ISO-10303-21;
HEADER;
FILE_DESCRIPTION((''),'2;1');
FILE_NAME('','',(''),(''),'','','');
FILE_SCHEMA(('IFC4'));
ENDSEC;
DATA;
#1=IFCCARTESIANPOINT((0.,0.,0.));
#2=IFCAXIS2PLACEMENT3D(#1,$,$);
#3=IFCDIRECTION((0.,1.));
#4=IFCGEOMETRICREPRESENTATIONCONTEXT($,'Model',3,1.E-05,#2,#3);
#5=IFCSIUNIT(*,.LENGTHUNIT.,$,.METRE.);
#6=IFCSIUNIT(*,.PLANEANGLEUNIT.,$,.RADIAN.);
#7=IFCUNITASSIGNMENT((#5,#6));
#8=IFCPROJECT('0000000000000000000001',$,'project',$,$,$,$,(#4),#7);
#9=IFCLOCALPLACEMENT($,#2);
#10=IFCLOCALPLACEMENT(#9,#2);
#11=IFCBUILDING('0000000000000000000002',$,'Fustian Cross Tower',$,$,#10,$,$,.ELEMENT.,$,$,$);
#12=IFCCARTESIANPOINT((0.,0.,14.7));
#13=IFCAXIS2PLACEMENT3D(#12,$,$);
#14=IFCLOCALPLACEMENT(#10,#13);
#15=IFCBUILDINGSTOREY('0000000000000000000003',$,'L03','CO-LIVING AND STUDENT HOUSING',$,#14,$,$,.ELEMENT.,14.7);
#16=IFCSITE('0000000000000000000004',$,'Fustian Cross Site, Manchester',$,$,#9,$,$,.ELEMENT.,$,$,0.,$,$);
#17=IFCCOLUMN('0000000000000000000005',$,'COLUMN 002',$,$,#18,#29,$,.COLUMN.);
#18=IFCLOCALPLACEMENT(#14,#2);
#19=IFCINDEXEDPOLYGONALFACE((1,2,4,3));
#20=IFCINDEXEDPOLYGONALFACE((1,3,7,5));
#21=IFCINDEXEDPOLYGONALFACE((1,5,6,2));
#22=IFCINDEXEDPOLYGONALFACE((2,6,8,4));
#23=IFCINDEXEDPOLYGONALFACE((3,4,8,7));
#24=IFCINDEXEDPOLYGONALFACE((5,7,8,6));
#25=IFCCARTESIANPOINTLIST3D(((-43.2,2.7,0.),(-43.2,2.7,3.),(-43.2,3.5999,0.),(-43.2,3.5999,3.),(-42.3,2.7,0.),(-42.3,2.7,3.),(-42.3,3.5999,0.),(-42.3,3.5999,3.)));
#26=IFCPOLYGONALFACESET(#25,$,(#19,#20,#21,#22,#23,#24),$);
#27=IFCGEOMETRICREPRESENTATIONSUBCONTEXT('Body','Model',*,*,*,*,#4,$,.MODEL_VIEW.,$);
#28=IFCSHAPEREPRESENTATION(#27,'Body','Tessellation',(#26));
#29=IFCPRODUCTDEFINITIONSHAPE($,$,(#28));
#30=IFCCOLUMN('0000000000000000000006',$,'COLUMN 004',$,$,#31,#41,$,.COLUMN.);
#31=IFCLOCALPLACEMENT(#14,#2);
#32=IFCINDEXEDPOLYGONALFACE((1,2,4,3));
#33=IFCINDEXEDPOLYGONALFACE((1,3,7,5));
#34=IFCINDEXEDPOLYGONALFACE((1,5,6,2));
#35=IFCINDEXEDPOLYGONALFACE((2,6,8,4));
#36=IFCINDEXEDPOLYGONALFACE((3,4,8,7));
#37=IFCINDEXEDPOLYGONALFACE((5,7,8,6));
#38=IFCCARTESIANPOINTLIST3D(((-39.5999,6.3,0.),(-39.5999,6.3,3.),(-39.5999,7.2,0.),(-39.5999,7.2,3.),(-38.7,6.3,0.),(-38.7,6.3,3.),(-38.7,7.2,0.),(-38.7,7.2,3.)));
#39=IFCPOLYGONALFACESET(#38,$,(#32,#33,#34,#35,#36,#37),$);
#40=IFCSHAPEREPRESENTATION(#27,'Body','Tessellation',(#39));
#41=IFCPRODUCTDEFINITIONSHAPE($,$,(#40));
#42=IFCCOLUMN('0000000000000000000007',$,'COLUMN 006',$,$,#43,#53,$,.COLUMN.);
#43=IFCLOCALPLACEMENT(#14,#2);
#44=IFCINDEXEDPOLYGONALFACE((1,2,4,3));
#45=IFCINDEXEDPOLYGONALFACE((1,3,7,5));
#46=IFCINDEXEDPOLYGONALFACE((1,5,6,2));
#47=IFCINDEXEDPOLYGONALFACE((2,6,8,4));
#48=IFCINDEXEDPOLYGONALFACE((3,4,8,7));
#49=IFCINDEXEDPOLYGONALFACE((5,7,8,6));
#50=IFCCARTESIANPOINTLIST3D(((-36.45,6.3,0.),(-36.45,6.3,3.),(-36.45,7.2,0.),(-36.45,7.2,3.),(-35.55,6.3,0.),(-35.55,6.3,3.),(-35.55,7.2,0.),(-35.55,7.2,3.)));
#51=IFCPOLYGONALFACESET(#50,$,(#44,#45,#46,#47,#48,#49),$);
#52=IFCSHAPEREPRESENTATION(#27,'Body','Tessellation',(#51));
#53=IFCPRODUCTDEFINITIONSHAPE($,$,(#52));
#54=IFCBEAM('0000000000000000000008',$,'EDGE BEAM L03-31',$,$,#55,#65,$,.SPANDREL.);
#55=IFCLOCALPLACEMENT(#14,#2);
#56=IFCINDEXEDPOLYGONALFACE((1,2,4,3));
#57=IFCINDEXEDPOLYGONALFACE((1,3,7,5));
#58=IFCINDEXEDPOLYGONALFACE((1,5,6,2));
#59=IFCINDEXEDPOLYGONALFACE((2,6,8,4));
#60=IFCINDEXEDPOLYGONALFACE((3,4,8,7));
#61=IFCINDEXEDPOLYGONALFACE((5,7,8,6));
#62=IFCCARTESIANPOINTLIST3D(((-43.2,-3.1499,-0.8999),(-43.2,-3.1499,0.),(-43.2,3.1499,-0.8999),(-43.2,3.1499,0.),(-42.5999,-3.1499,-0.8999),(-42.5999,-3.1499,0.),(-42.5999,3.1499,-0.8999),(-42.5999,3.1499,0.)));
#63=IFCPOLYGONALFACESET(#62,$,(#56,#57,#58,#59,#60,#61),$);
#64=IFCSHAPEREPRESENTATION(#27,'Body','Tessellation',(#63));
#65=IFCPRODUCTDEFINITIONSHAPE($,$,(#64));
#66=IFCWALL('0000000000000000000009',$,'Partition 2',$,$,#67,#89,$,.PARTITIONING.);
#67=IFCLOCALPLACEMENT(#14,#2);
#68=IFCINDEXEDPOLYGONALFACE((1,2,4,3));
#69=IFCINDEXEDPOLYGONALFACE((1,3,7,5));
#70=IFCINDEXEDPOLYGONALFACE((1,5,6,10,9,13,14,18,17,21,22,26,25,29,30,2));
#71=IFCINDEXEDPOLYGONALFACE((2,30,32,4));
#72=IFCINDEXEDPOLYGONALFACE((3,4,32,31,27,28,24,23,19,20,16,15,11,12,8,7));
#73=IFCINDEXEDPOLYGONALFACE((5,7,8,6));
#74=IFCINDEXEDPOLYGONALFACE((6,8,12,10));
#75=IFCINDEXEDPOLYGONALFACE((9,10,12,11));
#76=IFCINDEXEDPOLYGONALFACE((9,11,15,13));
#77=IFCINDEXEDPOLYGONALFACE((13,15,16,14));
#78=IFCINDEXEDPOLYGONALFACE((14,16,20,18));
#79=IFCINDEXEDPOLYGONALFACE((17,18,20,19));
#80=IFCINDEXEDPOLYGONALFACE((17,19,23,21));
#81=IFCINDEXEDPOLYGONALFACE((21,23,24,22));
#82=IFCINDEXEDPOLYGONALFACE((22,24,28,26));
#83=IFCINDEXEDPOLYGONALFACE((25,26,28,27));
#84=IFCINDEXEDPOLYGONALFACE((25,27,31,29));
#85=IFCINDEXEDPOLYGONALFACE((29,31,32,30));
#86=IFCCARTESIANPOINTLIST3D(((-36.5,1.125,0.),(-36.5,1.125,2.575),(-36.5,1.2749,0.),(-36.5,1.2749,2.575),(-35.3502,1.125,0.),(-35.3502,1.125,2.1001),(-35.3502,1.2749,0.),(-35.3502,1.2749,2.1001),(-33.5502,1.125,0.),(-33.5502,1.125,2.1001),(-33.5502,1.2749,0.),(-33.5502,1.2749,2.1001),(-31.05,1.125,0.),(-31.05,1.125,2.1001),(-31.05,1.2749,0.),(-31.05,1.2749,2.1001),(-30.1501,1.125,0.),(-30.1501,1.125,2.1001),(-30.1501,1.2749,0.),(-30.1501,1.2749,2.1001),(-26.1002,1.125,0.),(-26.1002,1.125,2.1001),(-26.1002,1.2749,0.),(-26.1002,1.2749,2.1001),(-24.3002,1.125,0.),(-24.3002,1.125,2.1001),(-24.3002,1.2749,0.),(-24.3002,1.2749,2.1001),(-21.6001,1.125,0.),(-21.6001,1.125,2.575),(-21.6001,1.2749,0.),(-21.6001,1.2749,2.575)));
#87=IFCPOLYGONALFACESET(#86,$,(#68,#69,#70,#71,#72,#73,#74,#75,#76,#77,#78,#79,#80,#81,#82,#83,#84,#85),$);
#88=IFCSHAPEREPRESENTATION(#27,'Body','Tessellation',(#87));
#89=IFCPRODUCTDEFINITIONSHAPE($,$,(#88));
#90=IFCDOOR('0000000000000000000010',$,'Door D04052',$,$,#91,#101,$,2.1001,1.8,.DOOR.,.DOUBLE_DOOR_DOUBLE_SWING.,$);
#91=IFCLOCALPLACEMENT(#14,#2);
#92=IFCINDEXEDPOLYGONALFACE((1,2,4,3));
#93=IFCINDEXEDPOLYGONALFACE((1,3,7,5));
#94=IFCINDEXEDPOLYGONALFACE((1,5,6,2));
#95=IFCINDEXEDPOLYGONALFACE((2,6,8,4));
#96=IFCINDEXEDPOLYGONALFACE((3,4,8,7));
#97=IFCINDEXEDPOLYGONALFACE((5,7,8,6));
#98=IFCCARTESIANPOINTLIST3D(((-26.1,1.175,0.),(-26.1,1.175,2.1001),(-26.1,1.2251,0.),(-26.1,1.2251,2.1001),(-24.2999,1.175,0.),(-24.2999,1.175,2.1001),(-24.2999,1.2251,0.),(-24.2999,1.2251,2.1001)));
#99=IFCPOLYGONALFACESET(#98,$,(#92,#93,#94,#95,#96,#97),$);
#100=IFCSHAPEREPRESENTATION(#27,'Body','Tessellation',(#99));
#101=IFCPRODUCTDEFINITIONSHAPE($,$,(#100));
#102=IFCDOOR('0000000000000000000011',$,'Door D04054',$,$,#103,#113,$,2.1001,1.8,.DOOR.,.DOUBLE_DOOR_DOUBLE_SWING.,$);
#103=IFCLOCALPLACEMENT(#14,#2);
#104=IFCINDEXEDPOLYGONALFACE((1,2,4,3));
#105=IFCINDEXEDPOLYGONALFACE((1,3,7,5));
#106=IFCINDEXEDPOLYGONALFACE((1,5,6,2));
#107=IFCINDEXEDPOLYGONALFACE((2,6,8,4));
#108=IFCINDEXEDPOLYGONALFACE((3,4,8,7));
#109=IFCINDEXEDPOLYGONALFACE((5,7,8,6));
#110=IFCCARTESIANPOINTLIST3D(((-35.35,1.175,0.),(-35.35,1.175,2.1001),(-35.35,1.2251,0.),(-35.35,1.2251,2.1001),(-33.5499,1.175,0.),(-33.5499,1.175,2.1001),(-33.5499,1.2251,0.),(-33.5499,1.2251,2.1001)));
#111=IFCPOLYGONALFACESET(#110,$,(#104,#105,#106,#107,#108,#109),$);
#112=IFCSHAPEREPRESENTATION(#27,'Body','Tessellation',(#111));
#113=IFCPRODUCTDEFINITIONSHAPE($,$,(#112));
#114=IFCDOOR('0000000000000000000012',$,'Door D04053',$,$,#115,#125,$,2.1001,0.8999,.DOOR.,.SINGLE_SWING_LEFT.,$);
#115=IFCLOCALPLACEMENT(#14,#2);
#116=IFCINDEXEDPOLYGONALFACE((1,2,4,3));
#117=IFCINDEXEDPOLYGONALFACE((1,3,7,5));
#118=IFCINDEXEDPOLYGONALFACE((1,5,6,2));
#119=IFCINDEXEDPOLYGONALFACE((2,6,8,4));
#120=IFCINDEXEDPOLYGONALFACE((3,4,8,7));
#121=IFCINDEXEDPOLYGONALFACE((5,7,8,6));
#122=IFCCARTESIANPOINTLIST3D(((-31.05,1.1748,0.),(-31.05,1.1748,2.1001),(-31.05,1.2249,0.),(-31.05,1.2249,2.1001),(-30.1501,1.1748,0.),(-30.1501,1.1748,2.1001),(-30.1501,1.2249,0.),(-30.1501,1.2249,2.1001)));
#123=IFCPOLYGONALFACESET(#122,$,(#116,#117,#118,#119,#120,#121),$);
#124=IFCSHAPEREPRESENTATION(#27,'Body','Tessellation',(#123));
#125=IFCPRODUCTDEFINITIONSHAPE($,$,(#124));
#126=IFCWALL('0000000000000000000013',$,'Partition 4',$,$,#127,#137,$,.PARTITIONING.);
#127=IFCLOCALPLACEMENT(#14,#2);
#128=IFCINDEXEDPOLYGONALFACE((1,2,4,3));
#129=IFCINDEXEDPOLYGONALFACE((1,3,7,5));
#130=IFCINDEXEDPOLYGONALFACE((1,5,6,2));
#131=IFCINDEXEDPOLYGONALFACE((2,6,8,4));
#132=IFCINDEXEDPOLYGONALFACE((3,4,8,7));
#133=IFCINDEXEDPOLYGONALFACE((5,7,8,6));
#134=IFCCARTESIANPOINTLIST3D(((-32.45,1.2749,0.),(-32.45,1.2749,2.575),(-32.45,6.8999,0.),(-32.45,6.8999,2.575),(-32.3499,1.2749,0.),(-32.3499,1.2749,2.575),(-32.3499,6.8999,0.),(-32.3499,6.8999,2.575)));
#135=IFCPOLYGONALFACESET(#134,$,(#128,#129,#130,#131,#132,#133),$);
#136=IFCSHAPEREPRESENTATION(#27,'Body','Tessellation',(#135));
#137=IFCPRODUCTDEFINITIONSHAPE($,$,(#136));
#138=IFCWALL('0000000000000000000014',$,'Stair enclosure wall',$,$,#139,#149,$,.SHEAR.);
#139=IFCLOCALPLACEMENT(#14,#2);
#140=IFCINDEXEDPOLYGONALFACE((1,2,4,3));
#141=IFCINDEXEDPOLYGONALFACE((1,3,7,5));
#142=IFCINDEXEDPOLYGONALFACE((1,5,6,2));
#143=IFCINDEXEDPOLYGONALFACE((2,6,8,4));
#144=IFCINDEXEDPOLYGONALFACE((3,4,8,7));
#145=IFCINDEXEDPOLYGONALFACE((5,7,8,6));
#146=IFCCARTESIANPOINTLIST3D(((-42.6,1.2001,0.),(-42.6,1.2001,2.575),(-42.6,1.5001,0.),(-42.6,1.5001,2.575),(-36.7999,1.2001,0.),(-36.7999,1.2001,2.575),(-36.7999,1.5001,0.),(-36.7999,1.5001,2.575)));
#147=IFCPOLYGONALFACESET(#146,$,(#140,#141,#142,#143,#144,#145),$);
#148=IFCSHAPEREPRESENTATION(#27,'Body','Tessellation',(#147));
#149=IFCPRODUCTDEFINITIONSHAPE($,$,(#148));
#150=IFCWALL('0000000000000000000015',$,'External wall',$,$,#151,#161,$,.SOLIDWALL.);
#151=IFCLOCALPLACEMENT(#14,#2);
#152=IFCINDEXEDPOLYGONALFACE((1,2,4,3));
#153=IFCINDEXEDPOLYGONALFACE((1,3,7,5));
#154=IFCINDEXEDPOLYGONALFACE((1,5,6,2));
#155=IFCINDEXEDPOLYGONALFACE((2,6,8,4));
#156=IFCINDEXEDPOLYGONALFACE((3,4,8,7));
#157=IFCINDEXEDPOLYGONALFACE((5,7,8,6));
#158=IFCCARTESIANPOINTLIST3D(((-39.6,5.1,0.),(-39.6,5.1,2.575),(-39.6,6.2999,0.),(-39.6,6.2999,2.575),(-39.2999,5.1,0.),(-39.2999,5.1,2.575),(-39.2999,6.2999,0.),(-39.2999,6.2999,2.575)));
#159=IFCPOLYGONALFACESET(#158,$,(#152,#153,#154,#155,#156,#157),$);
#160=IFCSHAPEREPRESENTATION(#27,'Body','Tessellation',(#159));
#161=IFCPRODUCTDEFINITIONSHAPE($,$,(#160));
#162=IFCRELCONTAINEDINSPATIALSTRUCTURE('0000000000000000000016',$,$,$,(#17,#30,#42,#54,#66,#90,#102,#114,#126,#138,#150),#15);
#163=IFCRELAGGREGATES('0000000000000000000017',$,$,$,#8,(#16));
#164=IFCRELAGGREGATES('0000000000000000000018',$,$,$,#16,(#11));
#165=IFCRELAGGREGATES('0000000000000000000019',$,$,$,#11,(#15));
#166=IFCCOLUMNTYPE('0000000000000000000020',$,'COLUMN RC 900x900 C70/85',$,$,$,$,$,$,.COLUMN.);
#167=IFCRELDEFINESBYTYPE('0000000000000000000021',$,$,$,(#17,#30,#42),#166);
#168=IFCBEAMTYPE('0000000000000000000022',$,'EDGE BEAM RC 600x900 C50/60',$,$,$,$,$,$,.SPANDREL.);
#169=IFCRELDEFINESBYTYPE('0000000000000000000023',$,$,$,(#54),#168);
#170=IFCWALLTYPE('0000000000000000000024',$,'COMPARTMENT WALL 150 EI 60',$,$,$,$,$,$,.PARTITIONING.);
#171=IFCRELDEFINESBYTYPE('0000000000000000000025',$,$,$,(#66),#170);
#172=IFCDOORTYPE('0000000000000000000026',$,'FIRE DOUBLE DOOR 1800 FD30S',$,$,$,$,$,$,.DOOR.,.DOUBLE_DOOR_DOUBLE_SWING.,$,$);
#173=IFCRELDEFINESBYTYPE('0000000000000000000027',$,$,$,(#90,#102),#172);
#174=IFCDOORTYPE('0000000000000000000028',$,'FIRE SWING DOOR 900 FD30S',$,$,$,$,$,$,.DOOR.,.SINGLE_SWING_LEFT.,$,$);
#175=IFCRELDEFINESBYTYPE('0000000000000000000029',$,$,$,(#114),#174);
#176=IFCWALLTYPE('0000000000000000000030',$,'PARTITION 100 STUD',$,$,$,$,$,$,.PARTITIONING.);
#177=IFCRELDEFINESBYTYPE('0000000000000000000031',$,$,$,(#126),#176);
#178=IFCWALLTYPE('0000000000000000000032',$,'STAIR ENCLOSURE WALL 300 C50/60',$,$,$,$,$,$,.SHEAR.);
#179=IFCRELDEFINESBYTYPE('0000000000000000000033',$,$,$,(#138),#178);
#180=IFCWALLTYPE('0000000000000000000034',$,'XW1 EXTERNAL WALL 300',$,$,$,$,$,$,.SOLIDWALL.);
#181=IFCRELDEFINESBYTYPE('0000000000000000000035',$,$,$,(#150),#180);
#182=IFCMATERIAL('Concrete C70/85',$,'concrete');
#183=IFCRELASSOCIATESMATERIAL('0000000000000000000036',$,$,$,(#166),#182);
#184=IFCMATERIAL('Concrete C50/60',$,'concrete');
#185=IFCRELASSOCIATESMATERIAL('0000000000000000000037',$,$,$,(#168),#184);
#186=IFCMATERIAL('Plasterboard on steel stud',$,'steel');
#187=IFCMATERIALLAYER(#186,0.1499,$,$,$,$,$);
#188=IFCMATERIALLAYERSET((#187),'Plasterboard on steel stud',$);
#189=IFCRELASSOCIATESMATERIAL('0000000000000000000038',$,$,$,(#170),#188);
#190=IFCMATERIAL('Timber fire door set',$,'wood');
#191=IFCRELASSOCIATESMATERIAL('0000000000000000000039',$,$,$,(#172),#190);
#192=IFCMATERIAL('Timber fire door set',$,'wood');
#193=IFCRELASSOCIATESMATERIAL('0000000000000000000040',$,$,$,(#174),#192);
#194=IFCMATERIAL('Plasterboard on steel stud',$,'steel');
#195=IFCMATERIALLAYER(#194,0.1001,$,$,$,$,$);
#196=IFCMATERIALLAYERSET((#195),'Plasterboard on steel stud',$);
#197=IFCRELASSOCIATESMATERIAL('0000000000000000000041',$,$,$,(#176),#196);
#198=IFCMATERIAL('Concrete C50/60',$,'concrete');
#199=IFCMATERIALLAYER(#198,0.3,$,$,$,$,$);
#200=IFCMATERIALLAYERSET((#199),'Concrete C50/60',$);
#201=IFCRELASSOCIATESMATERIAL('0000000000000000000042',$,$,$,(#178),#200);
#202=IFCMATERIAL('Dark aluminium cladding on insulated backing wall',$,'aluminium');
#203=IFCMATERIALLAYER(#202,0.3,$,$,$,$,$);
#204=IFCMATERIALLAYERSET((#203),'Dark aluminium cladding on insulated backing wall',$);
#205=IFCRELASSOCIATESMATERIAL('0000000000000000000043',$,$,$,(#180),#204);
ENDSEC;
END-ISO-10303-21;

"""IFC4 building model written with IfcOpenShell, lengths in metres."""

from ifc_helpers import new_model, si_unit, direction, frame, frame_2d, origin, origin_2d, place, context, subcontext, project, spatial, rectangle, extrude, material, layer, layer_set, material_profile, profile_set, type_object, element, fill, save


model = new_model("IFC4")

# Units and contexts
model_context = context("Model", 3, precision=1e-05, world=origin(), true_north=direction((0.0, 1.0)))
body_context = subcontext(model_context, "Body", "Model", "MODEL_VIEW")
ifc_project = project(units=[si_unit("LENGTHUNIT", "METRE"), si_unit("PLANEANGLEUNIT", "RADIAN")], contexts=[model_context])

# Site, building, storey
site_placement = place(None, origin())
site = spatial("IfcSite", under=ifc_project, at=site_placement, Name="Fustian Cross Site, Manchester", CompositionType="ELEMENT", RefElevation=0.0)
building_placement = place(site_placement, origin())
building = spatial("IfcBuilding", under=site, at=building_placement, Name="Fustian Cross Tower", CompositionType="ELEMENT")
storey_placement = place(building_placement, frame((0.0, 0.0, 14.7)))
storey = spatial("IfcBuildingStorey", under=building, at=storey_placement, Name="L03", Description="CO-LIVING AND STUDENT HOUSING", CompositionType="ELEMENT", Elevation=14.7)

# Columns
ifc_material_1 = material(Name="Concrete C70/85", Category="concrete")
ifc_material_profile_1 = material_profile(ifc_material_1, rectangle(XDim=0.8999, YDim=0.8999, at=origin_2d()), Name="RC 900x900")
ifc_profile_set_1 = profile_set([ifc_material_profile_1], Name="Concrete C70/85")
column_type = type_object("IfcColumnType", Name="COLUMN RC 900x900 C70/85", PredefinedType="COLUMN", material=ifc_profile_set_1)
for number, where, z_axis, x_axis, name in (
    (1, (-42.75, 3.1499, 0.0), (0.0, 0.0, 1.0), (1.0, 0.0, 0.0), "COLUMN 002"),
    (2, (-39.1499, 6.75, 0.0), (0.0, 0.0, 1.0), (1.0, 0.0, 0.0), "COLUMN 004"),
    (3, (-36.0, 6.75, 0.0), (0.0, 0.0, 1.0), (1.0, 0.0, 0.0), "COLUMN 006"),
):
    element("IfcColumn", number, at=place(storey_placement, frame(where, z_axis=z_axis, x_axis=x_axis)), inside=storey, type_object=column_type, Name=name, PredefinedType="COLUMN", context=body_context, shape_type="SweptSolid", body=[
        extrude(rectangle(XDim=0.8999, YDim=0.8999, at=origin_2d()), origin(), (0.0, 0.0, 1.0), 3.0),
    ])

# Beam
ifc_material_2 = material(Name="Concrete C50/60", Category="concrete")
ifc_material_profile_2 = material_profile(ifc_material_2, rectangle(XDim=0.6001, YDim=0.8999, at=origin_2d()), Name="RC 600x900")
ifc_profile_set_2 = profile_set([ifc_material_profile_2], Name="Concrete C50/60")
beam_type = type_object("IfcBeamType", Name="EDGE BEAM RC 600x900 C50/60", PredefinedType="SPANDREL", material=ifc_profile_set_2)
beam_placement = place(storey_placement, frame((-42.8999, 3.1499, -0.45), z_axis=(0.0, -1.0, 0.0), x_axis=(1.0, 0.0, 0.0)))
element("IfcBeam", 4, at=beam_placement, inside=storey, type_object=beam_type, Name="EDGE BEAM L03-31", PredefinedType="SPANDREL", context=body_context, shape_type="SweptSolid", body=[
    extrude(rectangle(XDim=0.6001, YDim=0.8999, at=origin_2d()), origin(), (0.0, 0.0, 1.0), 6.2998),
])

# Wall, openings, doors
ifc_material_3 = material(Name="Plasterboard on steel stud", Category="steel")
ifc_layer_1 = layer(ifc_material_3, 0.1499)
ifc_layer_set_1 = layer_set([ifc_layer_1], Name="Plasterboard on steel stud")
wall_type_1 = type_object("IfcWallType", Name="COMPARTMENT WALL 150 EI 60", PredefinedType="PARTITIONING", material=ifc_layer_set_1)
wall_1_placement = place(storey_placement, frame((-36.5, 1.2, 0.0), z_axis=(0.0, 0.0, 1.0), x_axis=(1.0, 0.0, 0.0)))
wall_1 = element("IfcWall", 5, at=wall_1_placement, inside=storey, type_object=wall_type_1, Name="Partition 2", PredefinedType="PARTITIONING", context=body_context, shape_type="SweptSolid", body=[
    extrude(rectangle(XDim=14.8999, YDim=0.1499, at=frame_2d((7.45, 0.0))), origin(), (0.0, 0.0, 1.0), 2.575),
])
opening_1_placement = place(wall_1_placement, frame((10.3999, 0.0, 0.0)))
opening_1 = element("IfcOpeningElement", 6, at=opening_1_placement, cuts=wall_1, PredefinedType="OPENING", context=body_context, shape_type="SweptSolid", body=[
    extrude(rectangle(XDim=1.8, YDim=2.1001, at=frame_2d((0.8999, 1.05))), frame((0.0, 0.085, 0.0), z_axis=(0.0, -1.0, 0.0), x_axis=(1.0, 0.0, 0.0)), (0.0, 0.0, 1.0), 0.1699),
])
opening_2_placement = place(wall_1_placement, frame((5.45, 0.0, 0.0)))
opening_2 = element("IfcOpeningElement", 7, at=opening_2_placement, cuts=wall_1, PredefinedType="OPENING", context=body_context, shape_type="SweptSolid", body=[
    extrude(rectangle(XDim=0.8999, YDim=2.1001, at=frame_2d((0.45, 1.05))), frame((0.0, 0.085, 0.0), z_axis=(0.0, -1.0, 0.0), x_axis=(1.0, 0.0, 0.0)), (0.0, 0.0, 1.0), 0.1699),
])
opening_3_placement = place(wall_1_placement, frame((1.1499, 0.0, 0.0)))
opening_3 = element("IfcOpeningElement", 8, at=opening_3_placement, cuts=wall_1, PredefinedType="OPENING", context=body_context, shape_type="SweptSolid", body=[
    extrude(rectangle(XDim=1.8, YDim=2.1001, at=frame_2d((0.8999, 1.05))), frame((0.0, 0.085, 0.0), z_axis=(0.0, -1.0, 0.0), x_axis=(1.0, 0.0, 0.0)), (0.0, 0.0, 1.0), 0.1699),
])
ifc_material_4 = material(Name="Timber fire door set", Category="wood")
door_type_1 = type_object("IfcDoorType", Name="FIRE DOUBLE DOOR 1800 FD30S", OperationType="DOUBLE_DOOR_DOUBLE_SWING", PredefinedType="DOOR", material=ifc_material_4)
door_1_placement = place(opening_1_placement, frame((1.8, 0.0, 0.0), z_axis=(0.0, 0.0, 1.0), x_axis=(-1.0, 0.0, 0.0)))
door_1 = element("IfcDoor", 9, at=door_1_placement, inside=storey, type_object=door_type_1, Name="Door D04052", OperationType="DOUBLE_DOOR_DOUBLE_SWING", OverallHeight=2.1001, OverallWidth=1.8, PredefinedType="DOOR", context=body_context, shape_type="SweptSolid", body=[
    extrude(rectangle(XDim=1.8, YDim=2.1001, at=frame_2d((0.8999, 1.05))), frame((0.0, 0.0249, 0.0), z_axis=(0.0, -1.0, 0.0), x_axis=(1.0, 0.0, 0.0)), (0.0, 0.0, 1.0), 0.05),
])
fill(opening_1, door_1)
door_2_placement = place(opening_3_placement, frame((1.8, 0.0, 0.0), z_axis=(0.0, 0.0, 1.0), x_axis=(-1.0, 0.0, 0.0)))
door_2 = element("IfcDoor", 10, at=door_2_placement, inside=storey, type_object=door_type_1, Name="Door D04054", OperationType="DOUBLE_DOOR_DOUBLE_SWING", OverallHeight=2.1001, OverallWidth=1.8, PredefinedType="DOOR", context=body_context, shape_type="SweptSolid", body=[
    extrude(rectangle(XDim=1.8, YDim=2.1001, at=frame_2d((0.8999, 1.05))), frame((0.0, 0.0249, 0.0), z_axis=(0.0, -1.0, 0.0), x_axis=(1.0, 0.0, 0.0)), (0.0, 0.0, 1.0), 0.05),
])
fill(opening_3, door_2)
ifc_material_5 = material(Name="Timber fire door set", Category="wood")
door_type_2 = type_object("IfcDoorType", Name="FIRE SWING DOOR 900 FD30S", OperationType="SINGLE_SWING_LEFT", PredefinedType="DOOR", material=ifc_material_5)
door_3_placement = place(opening_2_placement, origin())
door_3 = element("IfcDoor", 11, at=door_3_placement, inside=storey, type_object=door_type_2, Name="Door D04053", OperationType="SINGLE_SWING_LEFT", OverallHeight=2.1001, OverallWidth=0.8999, PredefinedType="DOOR", context=body_context, shape_type="SweptSolid", body=[
    extrude(rectangle(XDim=0.8999, YDim=2.1001, at=frame_2d((0.45, 1.05))), frame((0.0, 0.0249, 0.0), z_axis=(0.0, -1.0, 0.0), x_axis=(1.0, 0.0, 0.0)), (0.0, 0.0, 1.0), 0.05),
])
fill(opening_2, door_3)

# Walls
ifc_material_6 = material(Name="Plasterboard on steel stud", Category="steel")
ifc_layer_2 = layer(ifc_material_6, 0.1001)
ifc_layer_set_2 = layer_set([ifc_layer_2], Name="Plasterboard on steel stud")
wall_type_2 = type_object("IfcWallType", Name="PARTITION 100 STUD", PredefinedType="PARTITIONING", material=ifc_layer_set_2)
wall_2_placement = place(storey_placement, frame((-32.3999, 1.2749, 0.0), z_axis=(0.0, 0.0, 1.0), x_axis=(0.0, 1.0, 0.0)))
element("IfcWall", 12, at=wall_2_placement, inside=storey, type_object=wall_type_2, Name="Partition 4", PredefinedType="PARTITIONING", context=body_context, shape_type="SweptSolid", body=[
    extrude(rectangle(XDim=5.625, YDim=0.1001, at=frame_2d((2.8125, 0.0))), origin(), (0.0, 0.0, 1.0), 2.575),
])
ifc_material_7 = material(Name="Concrete C50/60", Category="concrete")
ifc_layer_3 = layer(ifc_material_7, 0.3)
ifc_layer_set_3 = layer_set([ifc_layer_3], Name="Concrete C50/60")
wall_type_3 = type_object("IfcWallType", Name="STAIR ENCLOSURE WALL 300 C50/60", PredefinedType="SHEAR", material=ifc_layer_set_3)
wall_3_placement = place(storey_placement, frame((-36.8, 1.3501, 0.0), z_axis=(0.0, 0.0, 1.0), x_axis=(-1.0, 0.0, 0.0)))
element("IfcWall", 13, at=wall_3_placement, inside=storey, type_object=wall_type_3, Name="Stair enclosure wall", PredefinedType="SHEAR", context=body_context, shape_type="SweptSolid", body=[
    extrude(rectangle(XDim=5.8, YDim=0.3, at=frame_2d((2.8999, 0.0))), origin(), (0.0, 0.0, 1.0), 2.575),
])
ifc_material_8 = material(Name="Dark aluminium cladding on insulated backing wall", Category="aluminium")
ifc_layer_4 = layer(ifc_material_8, 0.3)
ifc_layer_set_4 = layer_set([ifc_layer_4], Name="Dark aluminium cladding on insulated backing wall")
wall_type_4 = type_object("IfcWallType", Name="XW1 EXTERNAL WALL 300", PredefinedType="SOLIDWALL", material=ifc_layer_set_4)
wall_4_placement = place(storey_placement, frame((-39.45, 6.3, 0.0), z_axis=(0.0, 0.0, 1.0), x_axis=(0.0, -1.0, 0.0)))
element("IfcWall", 14, at=wall_4_placement, inside=storey, type_object=wall_type_4, Name="External wall", PredefinedType="SOLIDWALL", context=body_context, shape_type="SweptSolid", body=[
    extrude(rectangle(XDim=1.2, YDim=0.3, at=frame_2d((0.6001, 0.0))), origin(), (0.0, 0.0, 1.0), 2.575),
])

save(model, "model.ifc")
